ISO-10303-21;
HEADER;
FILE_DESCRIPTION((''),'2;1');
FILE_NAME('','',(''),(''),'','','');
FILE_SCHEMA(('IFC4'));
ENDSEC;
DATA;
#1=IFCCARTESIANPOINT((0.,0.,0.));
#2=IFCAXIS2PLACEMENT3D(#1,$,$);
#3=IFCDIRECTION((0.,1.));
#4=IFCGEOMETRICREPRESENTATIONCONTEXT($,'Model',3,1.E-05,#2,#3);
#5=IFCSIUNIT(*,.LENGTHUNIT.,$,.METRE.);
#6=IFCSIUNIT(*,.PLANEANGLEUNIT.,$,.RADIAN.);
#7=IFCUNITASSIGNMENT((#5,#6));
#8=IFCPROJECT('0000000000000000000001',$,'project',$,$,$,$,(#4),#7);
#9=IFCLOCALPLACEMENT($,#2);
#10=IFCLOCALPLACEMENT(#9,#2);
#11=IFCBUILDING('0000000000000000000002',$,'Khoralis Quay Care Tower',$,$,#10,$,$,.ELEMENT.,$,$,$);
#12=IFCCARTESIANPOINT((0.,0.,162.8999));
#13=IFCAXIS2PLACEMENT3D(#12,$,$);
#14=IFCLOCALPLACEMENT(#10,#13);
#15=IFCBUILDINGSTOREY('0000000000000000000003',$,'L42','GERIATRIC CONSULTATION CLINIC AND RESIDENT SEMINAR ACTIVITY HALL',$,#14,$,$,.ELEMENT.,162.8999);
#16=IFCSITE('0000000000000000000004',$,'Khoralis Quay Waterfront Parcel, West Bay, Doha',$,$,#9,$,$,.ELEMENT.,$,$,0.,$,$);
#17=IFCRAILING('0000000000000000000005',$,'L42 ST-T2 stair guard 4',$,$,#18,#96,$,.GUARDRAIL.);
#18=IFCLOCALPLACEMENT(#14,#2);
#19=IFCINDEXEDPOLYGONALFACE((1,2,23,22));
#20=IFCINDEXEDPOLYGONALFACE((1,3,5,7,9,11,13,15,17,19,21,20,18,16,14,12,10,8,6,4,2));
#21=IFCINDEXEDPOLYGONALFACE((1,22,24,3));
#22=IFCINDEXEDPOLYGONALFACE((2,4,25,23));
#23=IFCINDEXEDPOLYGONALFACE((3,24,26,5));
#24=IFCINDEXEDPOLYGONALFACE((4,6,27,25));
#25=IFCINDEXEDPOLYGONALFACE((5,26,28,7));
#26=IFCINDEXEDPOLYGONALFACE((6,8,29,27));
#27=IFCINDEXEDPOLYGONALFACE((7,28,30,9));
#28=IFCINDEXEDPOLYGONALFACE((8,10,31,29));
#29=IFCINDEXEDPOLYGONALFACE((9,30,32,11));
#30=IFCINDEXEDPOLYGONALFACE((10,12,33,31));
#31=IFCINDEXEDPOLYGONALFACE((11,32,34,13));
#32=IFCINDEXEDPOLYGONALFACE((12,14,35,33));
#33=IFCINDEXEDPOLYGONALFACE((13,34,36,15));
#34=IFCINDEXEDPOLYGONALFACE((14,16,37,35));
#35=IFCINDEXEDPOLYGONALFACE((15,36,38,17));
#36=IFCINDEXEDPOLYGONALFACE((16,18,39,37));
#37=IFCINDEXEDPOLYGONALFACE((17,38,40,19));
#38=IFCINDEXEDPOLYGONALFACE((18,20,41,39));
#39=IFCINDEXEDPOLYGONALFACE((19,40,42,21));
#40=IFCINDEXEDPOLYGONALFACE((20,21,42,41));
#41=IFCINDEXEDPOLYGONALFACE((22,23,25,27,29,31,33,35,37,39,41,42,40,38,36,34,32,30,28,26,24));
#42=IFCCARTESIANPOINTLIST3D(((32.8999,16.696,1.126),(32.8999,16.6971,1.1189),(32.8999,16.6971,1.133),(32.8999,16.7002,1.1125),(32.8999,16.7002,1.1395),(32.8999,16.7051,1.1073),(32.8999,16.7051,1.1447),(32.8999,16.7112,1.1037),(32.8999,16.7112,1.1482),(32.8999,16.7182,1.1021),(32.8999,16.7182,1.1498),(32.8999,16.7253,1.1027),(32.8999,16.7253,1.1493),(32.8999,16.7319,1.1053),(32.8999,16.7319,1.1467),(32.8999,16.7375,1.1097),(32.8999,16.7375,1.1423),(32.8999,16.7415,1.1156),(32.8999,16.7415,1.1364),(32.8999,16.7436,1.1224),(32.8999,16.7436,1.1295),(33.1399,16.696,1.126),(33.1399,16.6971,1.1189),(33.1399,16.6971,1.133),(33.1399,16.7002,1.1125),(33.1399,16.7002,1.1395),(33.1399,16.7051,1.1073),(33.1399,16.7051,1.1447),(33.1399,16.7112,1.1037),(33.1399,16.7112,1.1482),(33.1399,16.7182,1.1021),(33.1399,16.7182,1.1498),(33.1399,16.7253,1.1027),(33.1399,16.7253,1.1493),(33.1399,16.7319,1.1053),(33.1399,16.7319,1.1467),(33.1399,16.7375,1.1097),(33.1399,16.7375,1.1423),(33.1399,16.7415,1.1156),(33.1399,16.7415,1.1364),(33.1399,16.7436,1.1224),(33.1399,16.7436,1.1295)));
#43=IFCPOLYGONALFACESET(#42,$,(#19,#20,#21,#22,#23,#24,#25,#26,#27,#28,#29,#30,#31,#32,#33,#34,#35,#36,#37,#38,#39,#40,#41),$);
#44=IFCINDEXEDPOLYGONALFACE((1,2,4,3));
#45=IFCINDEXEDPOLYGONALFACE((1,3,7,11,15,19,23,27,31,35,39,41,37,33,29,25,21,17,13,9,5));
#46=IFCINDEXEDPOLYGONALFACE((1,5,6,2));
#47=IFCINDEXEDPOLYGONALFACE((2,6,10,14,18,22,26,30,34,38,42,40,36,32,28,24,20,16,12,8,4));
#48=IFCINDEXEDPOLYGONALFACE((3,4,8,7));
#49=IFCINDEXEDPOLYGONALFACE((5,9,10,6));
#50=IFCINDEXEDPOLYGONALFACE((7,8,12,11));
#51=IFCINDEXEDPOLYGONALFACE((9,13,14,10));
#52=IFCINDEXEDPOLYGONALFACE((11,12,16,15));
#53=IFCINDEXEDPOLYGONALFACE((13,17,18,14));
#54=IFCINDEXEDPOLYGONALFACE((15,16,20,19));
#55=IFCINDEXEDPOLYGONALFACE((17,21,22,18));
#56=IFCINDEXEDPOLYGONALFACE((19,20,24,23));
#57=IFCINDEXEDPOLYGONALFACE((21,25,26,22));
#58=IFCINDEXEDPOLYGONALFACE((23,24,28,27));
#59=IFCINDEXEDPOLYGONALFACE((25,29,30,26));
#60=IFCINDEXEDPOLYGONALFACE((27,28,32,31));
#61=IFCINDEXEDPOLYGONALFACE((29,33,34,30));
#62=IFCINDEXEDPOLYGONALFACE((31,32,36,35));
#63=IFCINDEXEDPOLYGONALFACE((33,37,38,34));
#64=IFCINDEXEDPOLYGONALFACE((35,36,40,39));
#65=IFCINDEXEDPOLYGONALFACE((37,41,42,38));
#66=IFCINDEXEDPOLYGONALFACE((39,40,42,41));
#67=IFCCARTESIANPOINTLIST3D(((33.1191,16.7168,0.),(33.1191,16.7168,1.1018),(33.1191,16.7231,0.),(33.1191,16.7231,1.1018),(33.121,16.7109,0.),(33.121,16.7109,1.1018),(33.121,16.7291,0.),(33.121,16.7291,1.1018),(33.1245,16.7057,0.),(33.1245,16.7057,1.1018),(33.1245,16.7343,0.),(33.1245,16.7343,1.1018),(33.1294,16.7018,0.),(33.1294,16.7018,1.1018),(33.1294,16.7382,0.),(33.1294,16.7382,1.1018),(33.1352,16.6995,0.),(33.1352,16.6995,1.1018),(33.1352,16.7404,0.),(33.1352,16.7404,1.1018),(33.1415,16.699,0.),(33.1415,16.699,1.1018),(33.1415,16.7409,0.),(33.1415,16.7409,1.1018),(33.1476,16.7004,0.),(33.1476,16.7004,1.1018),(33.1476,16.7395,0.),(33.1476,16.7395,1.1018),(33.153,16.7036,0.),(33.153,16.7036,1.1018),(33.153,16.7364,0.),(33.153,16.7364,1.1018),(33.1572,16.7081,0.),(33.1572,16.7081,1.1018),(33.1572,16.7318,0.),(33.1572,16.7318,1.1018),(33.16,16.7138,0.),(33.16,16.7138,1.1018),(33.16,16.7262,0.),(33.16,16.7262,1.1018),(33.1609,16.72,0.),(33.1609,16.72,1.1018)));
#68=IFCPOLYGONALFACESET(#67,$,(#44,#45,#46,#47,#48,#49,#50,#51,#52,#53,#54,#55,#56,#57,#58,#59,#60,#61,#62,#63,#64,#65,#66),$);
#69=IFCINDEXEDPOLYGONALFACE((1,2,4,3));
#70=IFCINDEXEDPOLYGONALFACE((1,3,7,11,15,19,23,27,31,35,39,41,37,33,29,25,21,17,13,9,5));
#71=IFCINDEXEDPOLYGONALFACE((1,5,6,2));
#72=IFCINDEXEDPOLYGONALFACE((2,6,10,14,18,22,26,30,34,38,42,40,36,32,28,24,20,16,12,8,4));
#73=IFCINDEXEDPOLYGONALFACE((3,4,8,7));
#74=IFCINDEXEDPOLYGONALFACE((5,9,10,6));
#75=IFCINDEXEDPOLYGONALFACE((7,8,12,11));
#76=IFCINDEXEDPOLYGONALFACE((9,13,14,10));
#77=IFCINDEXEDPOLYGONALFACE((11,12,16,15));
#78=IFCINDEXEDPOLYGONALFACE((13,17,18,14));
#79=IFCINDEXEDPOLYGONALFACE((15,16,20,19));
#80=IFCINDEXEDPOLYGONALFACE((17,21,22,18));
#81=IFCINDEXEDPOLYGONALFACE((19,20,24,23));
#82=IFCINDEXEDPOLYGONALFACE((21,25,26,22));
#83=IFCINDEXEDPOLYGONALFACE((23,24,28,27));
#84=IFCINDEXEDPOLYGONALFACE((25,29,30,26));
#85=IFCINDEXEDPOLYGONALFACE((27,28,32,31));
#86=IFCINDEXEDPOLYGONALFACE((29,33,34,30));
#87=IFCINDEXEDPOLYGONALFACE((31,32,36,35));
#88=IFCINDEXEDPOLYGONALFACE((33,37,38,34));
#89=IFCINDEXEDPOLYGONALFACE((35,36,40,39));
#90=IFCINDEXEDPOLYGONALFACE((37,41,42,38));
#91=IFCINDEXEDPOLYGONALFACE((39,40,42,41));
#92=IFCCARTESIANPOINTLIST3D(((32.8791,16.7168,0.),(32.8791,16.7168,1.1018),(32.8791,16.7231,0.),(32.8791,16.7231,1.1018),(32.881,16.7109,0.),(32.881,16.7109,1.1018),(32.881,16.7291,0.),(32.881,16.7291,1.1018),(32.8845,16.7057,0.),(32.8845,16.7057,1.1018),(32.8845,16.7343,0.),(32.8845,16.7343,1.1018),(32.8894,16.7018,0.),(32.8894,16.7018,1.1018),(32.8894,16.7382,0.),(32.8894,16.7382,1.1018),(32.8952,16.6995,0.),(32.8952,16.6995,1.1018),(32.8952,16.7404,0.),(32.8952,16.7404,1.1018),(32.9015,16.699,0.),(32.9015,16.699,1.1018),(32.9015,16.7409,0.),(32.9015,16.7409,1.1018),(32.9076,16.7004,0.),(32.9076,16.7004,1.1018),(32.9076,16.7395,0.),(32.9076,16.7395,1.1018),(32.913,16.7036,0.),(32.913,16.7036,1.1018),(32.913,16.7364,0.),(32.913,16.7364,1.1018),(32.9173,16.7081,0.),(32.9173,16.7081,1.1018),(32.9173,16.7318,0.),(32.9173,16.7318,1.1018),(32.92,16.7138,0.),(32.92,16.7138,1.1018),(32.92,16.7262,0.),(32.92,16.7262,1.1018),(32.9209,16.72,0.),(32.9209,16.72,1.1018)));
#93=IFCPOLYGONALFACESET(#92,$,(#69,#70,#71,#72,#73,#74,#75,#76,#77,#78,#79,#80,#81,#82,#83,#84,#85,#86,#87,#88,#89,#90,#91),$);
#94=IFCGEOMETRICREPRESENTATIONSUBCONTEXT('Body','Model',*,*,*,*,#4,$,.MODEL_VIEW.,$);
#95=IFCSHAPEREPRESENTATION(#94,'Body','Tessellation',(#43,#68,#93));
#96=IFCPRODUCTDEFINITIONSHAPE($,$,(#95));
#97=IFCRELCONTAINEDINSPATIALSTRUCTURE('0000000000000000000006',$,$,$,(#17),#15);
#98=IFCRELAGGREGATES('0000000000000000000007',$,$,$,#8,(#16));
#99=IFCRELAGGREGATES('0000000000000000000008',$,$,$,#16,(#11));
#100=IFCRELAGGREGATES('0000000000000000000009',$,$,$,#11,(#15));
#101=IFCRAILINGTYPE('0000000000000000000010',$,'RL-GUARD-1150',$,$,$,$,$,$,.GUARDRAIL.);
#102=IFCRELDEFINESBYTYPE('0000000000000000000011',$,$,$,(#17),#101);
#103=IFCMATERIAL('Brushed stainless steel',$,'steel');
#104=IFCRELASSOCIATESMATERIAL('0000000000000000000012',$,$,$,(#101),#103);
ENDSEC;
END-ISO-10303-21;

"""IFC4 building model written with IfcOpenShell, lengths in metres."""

from ifc_helpers import new_model, si_unit, direction, frame, origin, origin_2d, place, context, subcontext, project, spatial, circle, extrude, material, type_object, element, save


model = new_model("IFC4")

# Units and contexts
model_context = context("Model", 3, precision=1e-05, world=origin(), true_north=direction((0.0, 1.0)))
body_context = subcontext(model_context, "Body", "Model", "MODEL_VIEW")
ifc_project = project(units=[si_unit("LENGTHUNIT", "METRE"), si_unit("PLANEANGLEUNIT", "RADIAN")], contexts=[model_context])

# Site, building, storey
site_placement = place(None, origin())
site = spatial("IfcSite", under=ifc_project, at=site_placement, Name="Khoralis Quay Waterfront Parcel, West Bay, Doha", CompositionType="ELEMENT", RefElevation=0.0)
building_placement = place(site_placement, origin())
building = spatial("IfcBuilding", under=site, at=building_placement, Name="Khoralis Quay Care Tower", CompositionType="ELEMENT")
storey_placement = place(building_placement, frame((0.0, 0.0, 162.8999)))
storey = spatial("IfcBuildingStorey", under=building, at=storey_placement, Name="L42", Description="GERIATRIC CONSULTATION CLINIC AND RESIDENT SEMINAR ACTIVITY HALL", CompositionType="ELEMENT", Elevation=162.8999)

# Railing
ifc_material_1 = material(Name="Brushed stainless steel", Category="steel")
railing_type_1 = type_object("IfcRailingType", Name="RL-GUARD-1150", PredefinedType="GUARDRAIL", material=ifc_material_1)
railing_1_placement = place(storey_placement, frame((33.1399, 16.72, 0.0)))
element("IfcRailing", 1, at=railing_1_placement, inside=storey, type_object=railing_type_1, Name="L42 ST-T2 stair guard 4", PredefinedType="GUARDRAIL", context=body_context, shape_type="SweptSolid", body=[
    extrude(circle(Radius=0.0239, at=origin_2d()), frame((0.0, 0.0, 1.126), z_axis=(-1.0, 0.0, 0.0), x_axis=(0.0, -1.0, 0.0)), (0.0, 0.0, 1.0), 0.24),
    extrude(circle(Radius=0.021, at=origin_2d()), origin(), (0.0, 0.0, 1.0), 1.1018),
    extrude(circle(Radius=0.021, at=origin_2d()), frame((-0.24, 0.0, 0.0)), (0.0, 0.0, 1.0), 1.1018),
])

save(model, "model.ifc")
